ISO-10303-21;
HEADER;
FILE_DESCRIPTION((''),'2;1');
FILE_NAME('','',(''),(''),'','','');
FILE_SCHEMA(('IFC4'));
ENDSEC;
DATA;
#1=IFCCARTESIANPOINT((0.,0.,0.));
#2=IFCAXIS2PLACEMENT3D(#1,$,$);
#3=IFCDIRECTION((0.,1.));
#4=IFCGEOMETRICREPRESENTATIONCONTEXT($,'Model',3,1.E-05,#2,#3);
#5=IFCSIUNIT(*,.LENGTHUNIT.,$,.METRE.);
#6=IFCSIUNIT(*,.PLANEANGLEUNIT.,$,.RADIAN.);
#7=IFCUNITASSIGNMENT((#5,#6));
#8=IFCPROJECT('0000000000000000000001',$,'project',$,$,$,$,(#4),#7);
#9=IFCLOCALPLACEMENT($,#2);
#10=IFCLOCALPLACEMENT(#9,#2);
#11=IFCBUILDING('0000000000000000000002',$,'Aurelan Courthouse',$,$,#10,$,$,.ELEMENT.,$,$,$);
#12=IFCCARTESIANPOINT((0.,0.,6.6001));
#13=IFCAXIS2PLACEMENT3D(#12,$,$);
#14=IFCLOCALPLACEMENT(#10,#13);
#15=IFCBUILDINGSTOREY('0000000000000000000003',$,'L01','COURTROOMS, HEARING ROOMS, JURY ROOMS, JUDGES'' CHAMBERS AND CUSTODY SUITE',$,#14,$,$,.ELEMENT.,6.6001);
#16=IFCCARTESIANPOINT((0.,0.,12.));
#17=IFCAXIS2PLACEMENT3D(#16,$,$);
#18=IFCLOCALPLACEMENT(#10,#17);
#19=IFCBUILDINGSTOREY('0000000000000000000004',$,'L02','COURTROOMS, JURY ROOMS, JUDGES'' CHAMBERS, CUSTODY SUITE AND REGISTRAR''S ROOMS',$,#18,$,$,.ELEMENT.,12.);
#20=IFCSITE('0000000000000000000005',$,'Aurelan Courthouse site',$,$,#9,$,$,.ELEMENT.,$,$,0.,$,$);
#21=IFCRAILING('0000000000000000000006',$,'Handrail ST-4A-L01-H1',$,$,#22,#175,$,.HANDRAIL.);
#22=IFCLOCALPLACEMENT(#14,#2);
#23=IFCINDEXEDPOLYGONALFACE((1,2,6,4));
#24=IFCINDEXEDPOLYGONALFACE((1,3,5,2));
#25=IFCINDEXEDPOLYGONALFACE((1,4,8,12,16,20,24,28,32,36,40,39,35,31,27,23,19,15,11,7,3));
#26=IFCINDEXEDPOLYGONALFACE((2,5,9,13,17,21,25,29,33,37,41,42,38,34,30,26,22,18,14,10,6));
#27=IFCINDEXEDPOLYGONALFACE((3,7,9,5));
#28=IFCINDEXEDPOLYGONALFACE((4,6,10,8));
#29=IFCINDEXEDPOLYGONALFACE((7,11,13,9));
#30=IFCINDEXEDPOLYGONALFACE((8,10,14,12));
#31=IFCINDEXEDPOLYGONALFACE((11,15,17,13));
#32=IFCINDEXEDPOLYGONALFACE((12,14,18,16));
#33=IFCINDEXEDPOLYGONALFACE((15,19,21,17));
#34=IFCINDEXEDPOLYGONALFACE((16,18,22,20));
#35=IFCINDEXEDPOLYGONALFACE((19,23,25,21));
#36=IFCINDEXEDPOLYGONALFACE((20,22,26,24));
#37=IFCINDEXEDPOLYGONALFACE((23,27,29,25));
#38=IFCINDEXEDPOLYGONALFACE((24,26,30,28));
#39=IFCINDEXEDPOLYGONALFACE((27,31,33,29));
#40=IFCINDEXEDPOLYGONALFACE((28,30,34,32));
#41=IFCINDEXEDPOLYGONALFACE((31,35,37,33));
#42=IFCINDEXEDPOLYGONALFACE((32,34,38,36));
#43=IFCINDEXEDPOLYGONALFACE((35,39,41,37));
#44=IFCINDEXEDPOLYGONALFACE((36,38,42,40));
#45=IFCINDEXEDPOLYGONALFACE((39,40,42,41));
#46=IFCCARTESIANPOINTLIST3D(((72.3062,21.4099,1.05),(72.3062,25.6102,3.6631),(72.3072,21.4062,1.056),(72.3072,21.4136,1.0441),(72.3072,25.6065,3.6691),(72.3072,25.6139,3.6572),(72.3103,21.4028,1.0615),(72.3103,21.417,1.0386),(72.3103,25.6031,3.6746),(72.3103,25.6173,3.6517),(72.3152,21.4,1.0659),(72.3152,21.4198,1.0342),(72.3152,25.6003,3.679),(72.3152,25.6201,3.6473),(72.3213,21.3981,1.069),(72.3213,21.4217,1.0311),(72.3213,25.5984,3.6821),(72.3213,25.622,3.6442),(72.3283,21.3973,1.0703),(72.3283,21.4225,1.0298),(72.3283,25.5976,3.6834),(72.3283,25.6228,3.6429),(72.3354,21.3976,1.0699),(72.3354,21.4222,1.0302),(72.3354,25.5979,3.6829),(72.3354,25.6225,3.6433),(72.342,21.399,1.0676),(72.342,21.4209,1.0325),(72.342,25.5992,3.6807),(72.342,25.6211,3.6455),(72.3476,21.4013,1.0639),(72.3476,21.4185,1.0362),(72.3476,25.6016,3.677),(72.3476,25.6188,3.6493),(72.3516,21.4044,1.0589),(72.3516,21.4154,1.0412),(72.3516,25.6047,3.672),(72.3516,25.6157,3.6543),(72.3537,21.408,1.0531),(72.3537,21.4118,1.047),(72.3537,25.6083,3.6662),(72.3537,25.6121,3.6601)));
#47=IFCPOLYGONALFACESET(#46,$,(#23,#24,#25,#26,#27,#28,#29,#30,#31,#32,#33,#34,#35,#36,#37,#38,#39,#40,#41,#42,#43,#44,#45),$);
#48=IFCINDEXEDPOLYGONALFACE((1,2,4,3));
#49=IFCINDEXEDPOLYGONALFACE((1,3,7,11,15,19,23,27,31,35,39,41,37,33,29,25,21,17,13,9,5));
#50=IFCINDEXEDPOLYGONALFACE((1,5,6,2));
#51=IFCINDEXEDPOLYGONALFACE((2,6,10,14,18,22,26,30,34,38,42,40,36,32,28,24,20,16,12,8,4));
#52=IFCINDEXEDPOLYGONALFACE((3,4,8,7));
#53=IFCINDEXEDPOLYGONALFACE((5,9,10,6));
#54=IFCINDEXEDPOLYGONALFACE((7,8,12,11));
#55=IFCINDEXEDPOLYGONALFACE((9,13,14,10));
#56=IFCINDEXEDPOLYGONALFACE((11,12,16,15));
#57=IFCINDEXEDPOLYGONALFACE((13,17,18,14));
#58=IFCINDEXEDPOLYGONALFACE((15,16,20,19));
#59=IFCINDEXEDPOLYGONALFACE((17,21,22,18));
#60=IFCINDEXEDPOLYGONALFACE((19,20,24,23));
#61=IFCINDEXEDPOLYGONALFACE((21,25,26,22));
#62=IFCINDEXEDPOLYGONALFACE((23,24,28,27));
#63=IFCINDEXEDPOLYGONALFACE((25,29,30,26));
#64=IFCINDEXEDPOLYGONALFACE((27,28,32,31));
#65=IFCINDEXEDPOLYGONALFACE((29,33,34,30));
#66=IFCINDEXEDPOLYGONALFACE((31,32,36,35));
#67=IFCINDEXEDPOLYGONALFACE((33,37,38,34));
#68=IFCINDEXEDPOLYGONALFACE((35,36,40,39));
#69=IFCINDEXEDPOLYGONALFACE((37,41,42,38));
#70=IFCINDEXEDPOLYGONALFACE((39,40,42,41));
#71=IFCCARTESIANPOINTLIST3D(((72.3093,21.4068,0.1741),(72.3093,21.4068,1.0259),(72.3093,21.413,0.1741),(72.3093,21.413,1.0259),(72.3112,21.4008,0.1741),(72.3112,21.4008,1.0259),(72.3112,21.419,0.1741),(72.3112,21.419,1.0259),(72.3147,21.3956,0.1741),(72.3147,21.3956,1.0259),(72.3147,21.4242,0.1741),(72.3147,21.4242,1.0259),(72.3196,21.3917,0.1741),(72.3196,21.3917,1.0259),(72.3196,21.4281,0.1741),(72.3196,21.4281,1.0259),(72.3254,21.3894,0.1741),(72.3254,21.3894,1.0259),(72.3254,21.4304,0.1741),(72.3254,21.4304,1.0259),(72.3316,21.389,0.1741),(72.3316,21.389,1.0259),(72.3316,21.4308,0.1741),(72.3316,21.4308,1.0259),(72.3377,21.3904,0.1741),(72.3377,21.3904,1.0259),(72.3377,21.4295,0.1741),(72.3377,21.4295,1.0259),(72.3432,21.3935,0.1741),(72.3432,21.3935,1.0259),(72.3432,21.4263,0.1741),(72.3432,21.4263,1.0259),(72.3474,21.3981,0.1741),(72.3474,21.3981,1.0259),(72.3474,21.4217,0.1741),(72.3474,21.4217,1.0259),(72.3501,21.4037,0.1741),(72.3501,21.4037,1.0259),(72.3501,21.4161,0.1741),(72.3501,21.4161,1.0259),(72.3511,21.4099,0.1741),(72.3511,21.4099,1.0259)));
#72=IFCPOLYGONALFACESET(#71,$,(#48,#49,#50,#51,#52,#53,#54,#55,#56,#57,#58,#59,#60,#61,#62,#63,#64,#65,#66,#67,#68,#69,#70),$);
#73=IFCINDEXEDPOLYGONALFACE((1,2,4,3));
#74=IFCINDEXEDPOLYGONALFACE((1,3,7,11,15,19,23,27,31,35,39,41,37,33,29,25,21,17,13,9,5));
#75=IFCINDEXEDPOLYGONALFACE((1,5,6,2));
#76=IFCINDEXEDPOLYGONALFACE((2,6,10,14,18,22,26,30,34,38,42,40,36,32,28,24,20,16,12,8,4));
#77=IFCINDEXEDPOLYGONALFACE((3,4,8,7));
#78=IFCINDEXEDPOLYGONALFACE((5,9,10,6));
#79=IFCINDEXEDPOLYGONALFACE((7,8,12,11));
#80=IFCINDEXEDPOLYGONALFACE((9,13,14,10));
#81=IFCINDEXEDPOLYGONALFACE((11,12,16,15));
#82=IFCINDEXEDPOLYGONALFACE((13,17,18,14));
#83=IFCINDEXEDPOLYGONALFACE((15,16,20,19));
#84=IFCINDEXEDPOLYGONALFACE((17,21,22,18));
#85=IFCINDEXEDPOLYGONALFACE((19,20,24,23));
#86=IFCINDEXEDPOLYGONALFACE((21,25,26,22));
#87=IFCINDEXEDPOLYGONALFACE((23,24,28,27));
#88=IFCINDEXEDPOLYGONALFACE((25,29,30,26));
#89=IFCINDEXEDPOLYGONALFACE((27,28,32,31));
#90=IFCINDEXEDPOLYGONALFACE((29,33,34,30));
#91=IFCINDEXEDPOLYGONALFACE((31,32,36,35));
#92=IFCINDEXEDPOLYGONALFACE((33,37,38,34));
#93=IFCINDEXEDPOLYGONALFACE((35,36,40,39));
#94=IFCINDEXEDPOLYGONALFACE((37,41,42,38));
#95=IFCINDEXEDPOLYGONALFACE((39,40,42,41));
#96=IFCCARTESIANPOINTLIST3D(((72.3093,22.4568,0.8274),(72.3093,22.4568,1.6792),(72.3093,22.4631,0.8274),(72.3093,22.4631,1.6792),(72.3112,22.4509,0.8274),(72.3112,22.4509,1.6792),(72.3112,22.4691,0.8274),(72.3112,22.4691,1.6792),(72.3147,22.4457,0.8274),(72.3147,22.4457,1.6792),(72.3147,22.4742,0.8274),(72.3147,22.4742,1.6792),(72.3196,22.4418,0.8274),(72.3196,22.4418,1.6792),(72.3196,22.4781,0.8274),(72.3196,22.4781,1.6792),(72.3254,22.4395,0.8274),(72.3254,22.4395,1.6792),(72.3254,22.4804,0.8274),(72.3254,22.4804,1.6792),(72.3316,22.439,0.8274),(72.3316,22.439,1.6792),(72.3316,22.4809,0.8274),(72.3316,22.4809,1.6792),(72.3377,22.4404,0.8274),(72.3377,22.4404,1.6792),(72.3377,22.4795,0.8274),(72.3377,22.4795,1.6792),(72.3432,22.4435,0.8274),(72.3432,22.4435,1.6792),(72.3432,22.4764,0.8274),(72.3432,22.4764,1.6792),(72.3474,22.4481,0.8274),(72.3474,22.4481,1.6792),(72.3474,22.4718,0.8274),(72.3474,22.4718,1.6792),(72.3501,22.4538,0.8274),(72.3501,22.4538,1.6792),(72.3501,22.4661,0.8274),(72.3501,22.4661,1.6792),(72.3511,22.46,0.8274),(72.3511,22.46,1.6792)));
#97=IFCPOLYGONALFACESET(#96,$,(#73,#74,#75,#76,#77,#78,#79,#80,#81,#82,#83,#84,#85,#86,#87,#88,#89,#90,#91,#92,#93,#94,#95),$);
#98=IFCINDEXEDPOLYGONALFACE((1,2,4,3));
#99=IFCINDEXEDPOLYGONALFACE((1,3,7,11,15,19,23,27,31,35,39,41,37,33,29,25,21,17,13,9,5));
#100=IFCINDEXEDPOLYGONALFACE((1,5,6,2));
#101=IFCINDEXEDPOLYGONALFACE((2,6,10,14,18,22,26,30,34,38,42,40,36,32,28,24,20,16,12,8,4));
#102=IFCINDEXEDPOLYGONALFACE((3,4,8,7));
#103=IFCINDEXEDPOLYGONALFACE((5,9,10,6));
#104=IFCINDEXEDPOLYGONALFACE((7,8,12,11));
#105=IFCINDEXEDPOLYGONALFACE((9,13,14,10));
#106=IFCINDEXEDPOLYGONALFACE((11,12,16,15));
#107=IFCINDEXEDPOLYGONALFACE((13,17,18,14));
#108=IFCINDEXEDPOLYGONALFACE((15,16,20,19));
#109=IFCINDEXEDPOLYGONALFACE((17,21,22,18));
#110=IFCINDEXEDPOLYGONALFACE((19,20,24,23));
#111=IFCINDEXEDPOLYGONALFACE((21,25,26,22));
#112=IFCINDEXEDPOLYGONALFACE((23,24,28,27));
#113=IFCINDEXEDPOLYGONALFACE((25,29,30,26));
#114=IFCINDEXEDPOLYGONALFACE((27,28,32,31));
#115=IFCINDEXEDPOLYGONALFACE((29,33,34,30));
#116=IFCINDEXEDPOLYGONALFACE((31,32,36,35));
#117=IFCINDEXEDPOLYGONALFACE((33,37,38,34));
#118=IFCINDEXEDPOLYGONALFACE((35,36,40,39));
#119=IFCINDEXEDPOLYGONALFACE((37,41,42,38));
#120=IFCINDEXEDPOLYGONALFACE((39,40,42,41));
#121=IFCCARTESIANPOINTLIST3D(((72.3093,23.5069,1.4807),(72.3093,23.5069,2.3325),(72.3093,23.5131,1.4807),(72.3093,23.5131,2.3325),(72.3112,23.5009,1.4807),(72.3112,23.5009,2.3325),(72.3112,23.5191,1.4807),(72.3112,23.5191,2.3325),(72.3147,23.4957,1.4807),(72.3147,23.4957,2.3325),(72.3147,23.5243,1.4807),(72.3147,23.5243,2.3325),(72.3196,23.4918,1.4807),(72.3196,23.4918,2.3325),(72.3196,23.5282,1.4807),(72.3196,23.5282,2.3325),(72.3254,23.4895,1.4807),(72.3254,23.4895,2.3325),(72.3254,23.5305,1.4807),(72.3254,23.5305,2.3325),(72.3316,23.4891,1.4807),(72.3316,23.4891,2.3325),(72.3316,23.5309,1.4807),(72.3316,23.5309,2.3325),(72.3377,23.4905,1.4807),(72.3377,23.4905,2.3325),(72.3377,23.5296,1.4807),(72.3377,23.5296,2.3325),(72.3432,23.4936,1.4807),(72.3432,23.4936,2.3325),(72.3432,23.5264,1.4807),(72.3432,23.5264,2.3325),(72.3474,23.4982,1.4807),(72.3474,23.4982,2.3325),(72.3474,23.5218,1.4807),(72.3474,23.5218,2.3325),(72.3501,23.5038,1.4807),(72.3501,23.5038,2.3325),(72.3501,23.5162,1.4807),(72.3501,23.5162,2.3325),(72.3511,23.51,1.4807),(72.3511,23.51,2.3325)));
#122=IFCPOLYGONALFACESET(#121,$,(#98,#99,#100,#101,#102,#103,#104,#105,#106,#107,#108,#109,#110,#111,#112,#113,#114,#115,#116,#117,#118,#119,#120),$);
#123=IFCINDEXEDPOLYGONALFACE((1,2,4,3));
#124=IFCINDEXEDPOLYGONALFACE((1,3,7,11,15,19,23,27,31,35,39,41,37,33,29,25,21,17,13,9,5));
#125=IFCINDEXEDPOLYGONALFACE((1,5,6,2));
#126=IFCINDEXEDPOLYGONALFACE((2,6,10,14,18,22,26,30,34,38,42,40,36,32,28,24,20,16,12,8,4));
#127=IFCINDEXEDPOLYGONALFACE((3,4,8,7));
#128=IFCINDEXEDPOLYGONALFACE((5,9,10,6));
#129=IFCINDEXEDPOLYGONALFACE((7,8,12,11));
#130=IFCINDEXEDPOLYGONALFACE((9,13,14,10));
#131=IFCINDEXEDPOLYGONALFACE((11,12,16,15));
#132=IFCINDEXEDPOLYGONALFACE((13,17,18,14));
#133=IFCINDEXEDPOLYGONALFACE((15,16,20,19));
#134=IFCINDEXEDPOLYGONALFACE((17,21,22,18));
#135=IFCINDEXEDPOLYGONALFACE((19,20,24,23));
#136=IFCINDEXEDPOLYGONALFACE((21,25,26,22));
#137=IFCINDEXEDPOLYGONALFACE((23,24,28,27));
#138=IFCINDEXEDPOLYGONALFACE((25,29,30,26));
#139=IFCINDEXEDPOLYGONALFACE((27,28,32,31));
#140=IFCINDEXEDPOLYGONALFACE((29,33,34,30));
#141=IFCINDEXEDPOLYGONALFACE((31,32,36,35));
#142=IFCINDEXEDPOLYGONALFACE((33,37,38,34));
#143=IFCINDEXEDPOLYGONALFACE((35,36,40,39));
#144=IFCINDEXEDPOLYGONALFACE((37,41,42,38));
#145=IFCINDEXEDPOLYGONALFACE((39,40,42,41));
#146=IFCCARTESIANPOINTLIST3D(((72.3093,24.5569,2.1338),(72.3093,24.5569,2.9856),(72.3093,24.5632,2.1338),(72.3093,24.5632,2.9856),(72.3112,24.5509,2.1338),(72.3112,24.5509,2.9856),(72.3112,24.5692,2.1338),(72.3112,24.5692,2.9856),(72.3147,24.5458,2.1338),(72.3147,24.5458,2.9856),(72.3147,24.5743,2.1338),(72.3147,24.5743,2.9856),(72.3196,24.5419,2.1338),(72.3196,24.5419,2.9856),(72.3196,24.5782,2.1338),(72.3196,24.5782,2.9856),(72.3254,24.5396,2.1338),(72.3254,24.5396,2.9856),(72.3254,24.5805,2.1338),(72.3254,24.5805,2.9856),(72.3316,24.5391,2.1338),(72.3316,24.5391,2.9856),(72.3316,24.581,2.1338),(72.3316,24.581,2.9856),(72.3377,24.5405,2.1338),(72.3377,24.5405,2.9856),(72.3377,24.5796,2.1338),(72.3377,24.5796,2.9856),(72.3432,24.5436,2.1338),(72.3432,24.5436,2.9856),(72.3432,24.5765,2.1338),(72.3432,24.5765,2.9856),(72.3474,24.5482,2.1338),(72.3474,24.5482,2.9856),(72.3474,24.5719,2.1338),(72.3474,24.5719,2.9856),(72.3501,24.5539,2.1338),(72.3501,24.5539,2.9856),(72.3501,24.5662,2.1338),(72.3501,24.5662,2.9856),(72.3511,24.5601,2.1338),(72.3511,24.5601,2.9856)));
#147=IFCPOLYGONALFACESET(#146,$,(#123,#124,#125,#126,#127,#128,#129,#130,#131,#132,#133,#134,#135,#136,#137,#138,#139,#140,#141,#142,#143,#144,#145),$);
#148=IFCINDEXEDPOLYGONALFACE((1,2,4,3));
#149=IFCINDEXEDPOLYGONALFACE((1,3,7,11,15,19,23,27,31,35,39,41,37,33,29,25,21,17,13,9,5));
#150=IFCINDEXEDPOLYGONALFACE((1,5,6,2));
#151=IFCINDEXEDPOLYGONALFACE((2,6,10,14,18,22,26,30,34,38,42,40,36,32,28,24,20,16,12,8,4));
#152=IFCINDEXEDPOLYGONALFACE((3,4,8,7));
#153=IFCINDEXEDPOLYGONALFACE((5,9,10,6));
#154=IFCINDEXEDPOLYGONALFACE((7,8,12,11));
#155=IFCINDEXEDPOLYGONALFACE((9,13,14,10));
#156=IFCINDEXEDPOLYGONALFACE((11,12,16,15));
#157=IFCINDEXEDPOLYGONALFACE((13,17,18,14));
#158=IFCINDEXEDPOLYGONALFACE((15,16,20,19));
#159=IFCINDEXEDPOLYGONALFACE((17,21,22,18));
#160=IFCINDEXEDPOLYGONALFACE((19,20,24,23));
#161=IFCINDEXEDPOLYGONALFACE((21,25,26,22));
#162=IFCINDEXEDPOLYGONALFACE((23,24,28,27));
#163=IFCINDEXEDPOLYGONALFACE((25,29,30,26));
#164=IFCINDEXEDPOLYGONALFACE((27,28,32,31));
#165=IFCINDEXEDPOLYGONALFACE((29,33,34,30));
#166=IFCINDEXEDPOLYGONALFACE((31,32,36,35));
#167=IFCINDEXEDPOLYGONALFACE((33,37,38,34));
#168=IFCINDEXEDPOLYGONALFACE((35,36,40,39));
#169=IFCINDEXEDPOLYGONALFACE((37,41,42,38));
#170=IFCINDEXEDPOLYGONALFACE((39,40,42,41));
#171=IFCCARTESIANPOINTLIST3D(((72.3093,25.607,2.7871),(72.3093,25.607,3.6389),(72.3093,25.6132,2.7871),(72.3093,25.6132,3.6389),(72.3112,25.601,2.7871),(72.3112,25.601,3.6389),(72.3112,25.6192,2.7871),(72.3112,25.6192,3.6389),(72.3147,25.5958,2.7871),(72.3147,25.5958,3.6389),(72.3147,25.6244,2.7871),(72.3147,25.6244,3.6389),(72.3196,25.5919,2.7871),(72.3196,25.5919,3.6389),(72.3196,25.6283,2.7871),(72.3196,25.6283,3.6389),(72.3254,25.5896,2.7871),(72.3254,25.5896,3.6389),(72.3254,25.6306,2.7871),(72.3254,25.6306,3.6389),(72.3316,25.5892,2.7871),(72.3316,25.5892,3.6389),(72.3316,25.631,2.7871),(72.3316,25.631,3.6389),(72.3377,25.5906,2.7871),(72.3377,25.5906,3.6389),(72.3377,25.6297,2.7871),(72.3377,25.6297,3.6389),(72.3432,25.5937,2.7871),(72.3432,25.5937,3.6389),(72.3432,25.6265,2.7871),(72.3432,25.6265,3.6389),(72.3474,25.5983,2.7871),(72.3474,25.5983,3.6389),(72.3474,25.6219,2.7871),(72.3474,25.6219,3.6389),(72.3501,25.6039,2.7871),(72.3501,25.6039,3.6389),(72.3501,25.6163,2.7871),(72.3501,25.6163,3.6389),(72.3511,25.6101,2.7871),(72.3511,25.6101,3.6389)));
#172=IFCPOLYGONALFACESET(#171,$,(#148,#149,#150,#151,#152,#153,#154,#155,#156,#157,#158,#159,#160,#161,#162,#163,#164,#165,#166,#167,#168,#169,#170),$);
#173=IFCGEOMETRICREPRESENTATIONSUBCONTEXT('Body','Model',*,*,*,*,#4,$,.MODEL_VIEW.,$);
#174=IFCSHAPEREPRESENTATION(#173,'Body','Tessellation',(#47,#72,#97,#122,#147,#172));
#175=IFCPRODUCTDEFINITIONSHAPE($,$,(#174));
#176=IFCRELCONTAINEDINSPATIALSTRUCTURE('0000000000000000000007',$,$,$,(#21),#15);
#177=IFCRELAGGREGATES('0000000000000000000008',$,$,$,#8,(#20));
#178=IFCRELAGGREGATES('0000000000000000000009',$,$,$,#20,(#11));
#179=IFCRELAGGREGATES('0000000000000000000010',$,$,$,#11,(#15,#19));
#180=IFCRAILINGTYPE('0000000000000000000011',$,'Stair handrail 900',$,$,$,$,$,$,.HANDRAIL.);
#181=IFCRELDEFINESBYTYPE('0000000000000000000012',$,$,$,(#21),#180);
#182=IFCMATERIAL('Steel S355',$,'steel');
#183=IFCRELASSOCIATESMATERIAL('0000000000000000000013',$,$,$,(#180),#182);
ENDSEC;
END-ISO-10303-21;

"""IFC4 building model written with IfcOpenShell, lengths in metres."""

from ifc_helpers import new_model, si_unit, direction, frame, origin, origin_2d, place, context, subcontext, project, spatial, circle, extrude, material, type_object, element, save


model = new_model("IFC4")

# Units and contexts
model_context = context("Model", 3, precision=1e-05, world=origin(), true_north=direction((0.0, 1.0)))
body_context = subcontext(model_context, "Body", "Model", "MODEL_VIEW")
ifc_project = project(units=[si_unit("LENGTHUNIT", "METRE"), si_unit("PLANEANGLEUNIT", "RADIAN")], contexts=[model_context])

# Site, building, storey
site_placement = place(None, origin())
site = spatial("IfcSite", under=ifc_project, at=site_placement, Name="Aurelan Courthouse site", CompositionType="ELEMENT", RefElevation=0.0)
building_placement = place(site_placement, origin())
building = spatial("IfcBuilding", under=site, at=building_placement, Name="Aurelan Courthouse", CompositionType="ELEMENT")
storey_1_placement = place(building_placement, frame((0.0, 0.0, 6.6001)))
storey_1 = spatial("IfcBuildingStorey", under=building, at=storey_1_placement, Name="L01", Description="COURTROOMS, HEARING ROOMS, JURY ROOMS, JUDGES' CHAMBERS AND CUSTODY SUITE", CompositionType="ELEMENT", Elevation=6.6001)

# Shared definitions
storey_2_placement = place(building_placement, frame((0.0, 0.0, 12.0)))
storey_2 = spatial("IfcBuildingStorey", under=building, at=storey_2_placement, Name="L02", Description="COURTROOMS, JURY ROOMS, JUDGES' CHAMBERS, CUSTODY SUITE AND REGISTRAR'S ROOMS", CompositionType="ELEMENT", Elevation=12.0)

# Railing
ifc_material_1 = material(Name="Steel S355", Category="steel")
railing_type_1 = type_object("IfcRailingType", Name="Stair handrail 900", PredefinedType="HANDRAIL", material=ifc_material_1)
for number, where, name in (
    (1, (72.3301, 21.4099, 0.1741), "Handrail ST-4A-L01-H1"),
):
    element("IfcRailing", number, at=place(storey_1_placement, frame(where)), inside=storey_1, type_object=railing_type_1, Name=name, PredefinedType="HANDRAIL", context=body_context, shape_type="SweptSolid", body=[
        extrude(circle(Radius=0.0239, at=origin_2d()), frame((0.0, 0.0, 0.876), z_axis=(0.0, 0.849094, 0.528241), x_axis=(-1.0, 0.0, 0.0)), (0.0, 0.0, 1.0), 4.9468),
        extrude(circle(Radius=0.021, at=origin_2d()), origin(), (0.0, 0.0, 1.0), 0.8518),
        extrude(circle(Radius=0.021, at=origin_2d()), frame((0.0, 1.05, 0.6533)), (0.0, 0.0, 1.0), 0.8518),
        extrude(circle(Radius=0.021, at=origin_2d()), frame((0.0, 2.1001, 1.3066)), (0.0, 0.0, 1.0), 0.8518),
        extrude(circle(Radius=0.021, at=origin_2d()), frame((0.0, 3.1501, 1.9597)), (0.0, 0.0, 1.0), 0.8518),
        extrude(circle(Radius=0.021, at=origin_2d()), frame((0.0, 4.2002, 2.613)), (0.0, 0.0, 1.0), 0.8518),
    ])

save(model, "model.ifc")
